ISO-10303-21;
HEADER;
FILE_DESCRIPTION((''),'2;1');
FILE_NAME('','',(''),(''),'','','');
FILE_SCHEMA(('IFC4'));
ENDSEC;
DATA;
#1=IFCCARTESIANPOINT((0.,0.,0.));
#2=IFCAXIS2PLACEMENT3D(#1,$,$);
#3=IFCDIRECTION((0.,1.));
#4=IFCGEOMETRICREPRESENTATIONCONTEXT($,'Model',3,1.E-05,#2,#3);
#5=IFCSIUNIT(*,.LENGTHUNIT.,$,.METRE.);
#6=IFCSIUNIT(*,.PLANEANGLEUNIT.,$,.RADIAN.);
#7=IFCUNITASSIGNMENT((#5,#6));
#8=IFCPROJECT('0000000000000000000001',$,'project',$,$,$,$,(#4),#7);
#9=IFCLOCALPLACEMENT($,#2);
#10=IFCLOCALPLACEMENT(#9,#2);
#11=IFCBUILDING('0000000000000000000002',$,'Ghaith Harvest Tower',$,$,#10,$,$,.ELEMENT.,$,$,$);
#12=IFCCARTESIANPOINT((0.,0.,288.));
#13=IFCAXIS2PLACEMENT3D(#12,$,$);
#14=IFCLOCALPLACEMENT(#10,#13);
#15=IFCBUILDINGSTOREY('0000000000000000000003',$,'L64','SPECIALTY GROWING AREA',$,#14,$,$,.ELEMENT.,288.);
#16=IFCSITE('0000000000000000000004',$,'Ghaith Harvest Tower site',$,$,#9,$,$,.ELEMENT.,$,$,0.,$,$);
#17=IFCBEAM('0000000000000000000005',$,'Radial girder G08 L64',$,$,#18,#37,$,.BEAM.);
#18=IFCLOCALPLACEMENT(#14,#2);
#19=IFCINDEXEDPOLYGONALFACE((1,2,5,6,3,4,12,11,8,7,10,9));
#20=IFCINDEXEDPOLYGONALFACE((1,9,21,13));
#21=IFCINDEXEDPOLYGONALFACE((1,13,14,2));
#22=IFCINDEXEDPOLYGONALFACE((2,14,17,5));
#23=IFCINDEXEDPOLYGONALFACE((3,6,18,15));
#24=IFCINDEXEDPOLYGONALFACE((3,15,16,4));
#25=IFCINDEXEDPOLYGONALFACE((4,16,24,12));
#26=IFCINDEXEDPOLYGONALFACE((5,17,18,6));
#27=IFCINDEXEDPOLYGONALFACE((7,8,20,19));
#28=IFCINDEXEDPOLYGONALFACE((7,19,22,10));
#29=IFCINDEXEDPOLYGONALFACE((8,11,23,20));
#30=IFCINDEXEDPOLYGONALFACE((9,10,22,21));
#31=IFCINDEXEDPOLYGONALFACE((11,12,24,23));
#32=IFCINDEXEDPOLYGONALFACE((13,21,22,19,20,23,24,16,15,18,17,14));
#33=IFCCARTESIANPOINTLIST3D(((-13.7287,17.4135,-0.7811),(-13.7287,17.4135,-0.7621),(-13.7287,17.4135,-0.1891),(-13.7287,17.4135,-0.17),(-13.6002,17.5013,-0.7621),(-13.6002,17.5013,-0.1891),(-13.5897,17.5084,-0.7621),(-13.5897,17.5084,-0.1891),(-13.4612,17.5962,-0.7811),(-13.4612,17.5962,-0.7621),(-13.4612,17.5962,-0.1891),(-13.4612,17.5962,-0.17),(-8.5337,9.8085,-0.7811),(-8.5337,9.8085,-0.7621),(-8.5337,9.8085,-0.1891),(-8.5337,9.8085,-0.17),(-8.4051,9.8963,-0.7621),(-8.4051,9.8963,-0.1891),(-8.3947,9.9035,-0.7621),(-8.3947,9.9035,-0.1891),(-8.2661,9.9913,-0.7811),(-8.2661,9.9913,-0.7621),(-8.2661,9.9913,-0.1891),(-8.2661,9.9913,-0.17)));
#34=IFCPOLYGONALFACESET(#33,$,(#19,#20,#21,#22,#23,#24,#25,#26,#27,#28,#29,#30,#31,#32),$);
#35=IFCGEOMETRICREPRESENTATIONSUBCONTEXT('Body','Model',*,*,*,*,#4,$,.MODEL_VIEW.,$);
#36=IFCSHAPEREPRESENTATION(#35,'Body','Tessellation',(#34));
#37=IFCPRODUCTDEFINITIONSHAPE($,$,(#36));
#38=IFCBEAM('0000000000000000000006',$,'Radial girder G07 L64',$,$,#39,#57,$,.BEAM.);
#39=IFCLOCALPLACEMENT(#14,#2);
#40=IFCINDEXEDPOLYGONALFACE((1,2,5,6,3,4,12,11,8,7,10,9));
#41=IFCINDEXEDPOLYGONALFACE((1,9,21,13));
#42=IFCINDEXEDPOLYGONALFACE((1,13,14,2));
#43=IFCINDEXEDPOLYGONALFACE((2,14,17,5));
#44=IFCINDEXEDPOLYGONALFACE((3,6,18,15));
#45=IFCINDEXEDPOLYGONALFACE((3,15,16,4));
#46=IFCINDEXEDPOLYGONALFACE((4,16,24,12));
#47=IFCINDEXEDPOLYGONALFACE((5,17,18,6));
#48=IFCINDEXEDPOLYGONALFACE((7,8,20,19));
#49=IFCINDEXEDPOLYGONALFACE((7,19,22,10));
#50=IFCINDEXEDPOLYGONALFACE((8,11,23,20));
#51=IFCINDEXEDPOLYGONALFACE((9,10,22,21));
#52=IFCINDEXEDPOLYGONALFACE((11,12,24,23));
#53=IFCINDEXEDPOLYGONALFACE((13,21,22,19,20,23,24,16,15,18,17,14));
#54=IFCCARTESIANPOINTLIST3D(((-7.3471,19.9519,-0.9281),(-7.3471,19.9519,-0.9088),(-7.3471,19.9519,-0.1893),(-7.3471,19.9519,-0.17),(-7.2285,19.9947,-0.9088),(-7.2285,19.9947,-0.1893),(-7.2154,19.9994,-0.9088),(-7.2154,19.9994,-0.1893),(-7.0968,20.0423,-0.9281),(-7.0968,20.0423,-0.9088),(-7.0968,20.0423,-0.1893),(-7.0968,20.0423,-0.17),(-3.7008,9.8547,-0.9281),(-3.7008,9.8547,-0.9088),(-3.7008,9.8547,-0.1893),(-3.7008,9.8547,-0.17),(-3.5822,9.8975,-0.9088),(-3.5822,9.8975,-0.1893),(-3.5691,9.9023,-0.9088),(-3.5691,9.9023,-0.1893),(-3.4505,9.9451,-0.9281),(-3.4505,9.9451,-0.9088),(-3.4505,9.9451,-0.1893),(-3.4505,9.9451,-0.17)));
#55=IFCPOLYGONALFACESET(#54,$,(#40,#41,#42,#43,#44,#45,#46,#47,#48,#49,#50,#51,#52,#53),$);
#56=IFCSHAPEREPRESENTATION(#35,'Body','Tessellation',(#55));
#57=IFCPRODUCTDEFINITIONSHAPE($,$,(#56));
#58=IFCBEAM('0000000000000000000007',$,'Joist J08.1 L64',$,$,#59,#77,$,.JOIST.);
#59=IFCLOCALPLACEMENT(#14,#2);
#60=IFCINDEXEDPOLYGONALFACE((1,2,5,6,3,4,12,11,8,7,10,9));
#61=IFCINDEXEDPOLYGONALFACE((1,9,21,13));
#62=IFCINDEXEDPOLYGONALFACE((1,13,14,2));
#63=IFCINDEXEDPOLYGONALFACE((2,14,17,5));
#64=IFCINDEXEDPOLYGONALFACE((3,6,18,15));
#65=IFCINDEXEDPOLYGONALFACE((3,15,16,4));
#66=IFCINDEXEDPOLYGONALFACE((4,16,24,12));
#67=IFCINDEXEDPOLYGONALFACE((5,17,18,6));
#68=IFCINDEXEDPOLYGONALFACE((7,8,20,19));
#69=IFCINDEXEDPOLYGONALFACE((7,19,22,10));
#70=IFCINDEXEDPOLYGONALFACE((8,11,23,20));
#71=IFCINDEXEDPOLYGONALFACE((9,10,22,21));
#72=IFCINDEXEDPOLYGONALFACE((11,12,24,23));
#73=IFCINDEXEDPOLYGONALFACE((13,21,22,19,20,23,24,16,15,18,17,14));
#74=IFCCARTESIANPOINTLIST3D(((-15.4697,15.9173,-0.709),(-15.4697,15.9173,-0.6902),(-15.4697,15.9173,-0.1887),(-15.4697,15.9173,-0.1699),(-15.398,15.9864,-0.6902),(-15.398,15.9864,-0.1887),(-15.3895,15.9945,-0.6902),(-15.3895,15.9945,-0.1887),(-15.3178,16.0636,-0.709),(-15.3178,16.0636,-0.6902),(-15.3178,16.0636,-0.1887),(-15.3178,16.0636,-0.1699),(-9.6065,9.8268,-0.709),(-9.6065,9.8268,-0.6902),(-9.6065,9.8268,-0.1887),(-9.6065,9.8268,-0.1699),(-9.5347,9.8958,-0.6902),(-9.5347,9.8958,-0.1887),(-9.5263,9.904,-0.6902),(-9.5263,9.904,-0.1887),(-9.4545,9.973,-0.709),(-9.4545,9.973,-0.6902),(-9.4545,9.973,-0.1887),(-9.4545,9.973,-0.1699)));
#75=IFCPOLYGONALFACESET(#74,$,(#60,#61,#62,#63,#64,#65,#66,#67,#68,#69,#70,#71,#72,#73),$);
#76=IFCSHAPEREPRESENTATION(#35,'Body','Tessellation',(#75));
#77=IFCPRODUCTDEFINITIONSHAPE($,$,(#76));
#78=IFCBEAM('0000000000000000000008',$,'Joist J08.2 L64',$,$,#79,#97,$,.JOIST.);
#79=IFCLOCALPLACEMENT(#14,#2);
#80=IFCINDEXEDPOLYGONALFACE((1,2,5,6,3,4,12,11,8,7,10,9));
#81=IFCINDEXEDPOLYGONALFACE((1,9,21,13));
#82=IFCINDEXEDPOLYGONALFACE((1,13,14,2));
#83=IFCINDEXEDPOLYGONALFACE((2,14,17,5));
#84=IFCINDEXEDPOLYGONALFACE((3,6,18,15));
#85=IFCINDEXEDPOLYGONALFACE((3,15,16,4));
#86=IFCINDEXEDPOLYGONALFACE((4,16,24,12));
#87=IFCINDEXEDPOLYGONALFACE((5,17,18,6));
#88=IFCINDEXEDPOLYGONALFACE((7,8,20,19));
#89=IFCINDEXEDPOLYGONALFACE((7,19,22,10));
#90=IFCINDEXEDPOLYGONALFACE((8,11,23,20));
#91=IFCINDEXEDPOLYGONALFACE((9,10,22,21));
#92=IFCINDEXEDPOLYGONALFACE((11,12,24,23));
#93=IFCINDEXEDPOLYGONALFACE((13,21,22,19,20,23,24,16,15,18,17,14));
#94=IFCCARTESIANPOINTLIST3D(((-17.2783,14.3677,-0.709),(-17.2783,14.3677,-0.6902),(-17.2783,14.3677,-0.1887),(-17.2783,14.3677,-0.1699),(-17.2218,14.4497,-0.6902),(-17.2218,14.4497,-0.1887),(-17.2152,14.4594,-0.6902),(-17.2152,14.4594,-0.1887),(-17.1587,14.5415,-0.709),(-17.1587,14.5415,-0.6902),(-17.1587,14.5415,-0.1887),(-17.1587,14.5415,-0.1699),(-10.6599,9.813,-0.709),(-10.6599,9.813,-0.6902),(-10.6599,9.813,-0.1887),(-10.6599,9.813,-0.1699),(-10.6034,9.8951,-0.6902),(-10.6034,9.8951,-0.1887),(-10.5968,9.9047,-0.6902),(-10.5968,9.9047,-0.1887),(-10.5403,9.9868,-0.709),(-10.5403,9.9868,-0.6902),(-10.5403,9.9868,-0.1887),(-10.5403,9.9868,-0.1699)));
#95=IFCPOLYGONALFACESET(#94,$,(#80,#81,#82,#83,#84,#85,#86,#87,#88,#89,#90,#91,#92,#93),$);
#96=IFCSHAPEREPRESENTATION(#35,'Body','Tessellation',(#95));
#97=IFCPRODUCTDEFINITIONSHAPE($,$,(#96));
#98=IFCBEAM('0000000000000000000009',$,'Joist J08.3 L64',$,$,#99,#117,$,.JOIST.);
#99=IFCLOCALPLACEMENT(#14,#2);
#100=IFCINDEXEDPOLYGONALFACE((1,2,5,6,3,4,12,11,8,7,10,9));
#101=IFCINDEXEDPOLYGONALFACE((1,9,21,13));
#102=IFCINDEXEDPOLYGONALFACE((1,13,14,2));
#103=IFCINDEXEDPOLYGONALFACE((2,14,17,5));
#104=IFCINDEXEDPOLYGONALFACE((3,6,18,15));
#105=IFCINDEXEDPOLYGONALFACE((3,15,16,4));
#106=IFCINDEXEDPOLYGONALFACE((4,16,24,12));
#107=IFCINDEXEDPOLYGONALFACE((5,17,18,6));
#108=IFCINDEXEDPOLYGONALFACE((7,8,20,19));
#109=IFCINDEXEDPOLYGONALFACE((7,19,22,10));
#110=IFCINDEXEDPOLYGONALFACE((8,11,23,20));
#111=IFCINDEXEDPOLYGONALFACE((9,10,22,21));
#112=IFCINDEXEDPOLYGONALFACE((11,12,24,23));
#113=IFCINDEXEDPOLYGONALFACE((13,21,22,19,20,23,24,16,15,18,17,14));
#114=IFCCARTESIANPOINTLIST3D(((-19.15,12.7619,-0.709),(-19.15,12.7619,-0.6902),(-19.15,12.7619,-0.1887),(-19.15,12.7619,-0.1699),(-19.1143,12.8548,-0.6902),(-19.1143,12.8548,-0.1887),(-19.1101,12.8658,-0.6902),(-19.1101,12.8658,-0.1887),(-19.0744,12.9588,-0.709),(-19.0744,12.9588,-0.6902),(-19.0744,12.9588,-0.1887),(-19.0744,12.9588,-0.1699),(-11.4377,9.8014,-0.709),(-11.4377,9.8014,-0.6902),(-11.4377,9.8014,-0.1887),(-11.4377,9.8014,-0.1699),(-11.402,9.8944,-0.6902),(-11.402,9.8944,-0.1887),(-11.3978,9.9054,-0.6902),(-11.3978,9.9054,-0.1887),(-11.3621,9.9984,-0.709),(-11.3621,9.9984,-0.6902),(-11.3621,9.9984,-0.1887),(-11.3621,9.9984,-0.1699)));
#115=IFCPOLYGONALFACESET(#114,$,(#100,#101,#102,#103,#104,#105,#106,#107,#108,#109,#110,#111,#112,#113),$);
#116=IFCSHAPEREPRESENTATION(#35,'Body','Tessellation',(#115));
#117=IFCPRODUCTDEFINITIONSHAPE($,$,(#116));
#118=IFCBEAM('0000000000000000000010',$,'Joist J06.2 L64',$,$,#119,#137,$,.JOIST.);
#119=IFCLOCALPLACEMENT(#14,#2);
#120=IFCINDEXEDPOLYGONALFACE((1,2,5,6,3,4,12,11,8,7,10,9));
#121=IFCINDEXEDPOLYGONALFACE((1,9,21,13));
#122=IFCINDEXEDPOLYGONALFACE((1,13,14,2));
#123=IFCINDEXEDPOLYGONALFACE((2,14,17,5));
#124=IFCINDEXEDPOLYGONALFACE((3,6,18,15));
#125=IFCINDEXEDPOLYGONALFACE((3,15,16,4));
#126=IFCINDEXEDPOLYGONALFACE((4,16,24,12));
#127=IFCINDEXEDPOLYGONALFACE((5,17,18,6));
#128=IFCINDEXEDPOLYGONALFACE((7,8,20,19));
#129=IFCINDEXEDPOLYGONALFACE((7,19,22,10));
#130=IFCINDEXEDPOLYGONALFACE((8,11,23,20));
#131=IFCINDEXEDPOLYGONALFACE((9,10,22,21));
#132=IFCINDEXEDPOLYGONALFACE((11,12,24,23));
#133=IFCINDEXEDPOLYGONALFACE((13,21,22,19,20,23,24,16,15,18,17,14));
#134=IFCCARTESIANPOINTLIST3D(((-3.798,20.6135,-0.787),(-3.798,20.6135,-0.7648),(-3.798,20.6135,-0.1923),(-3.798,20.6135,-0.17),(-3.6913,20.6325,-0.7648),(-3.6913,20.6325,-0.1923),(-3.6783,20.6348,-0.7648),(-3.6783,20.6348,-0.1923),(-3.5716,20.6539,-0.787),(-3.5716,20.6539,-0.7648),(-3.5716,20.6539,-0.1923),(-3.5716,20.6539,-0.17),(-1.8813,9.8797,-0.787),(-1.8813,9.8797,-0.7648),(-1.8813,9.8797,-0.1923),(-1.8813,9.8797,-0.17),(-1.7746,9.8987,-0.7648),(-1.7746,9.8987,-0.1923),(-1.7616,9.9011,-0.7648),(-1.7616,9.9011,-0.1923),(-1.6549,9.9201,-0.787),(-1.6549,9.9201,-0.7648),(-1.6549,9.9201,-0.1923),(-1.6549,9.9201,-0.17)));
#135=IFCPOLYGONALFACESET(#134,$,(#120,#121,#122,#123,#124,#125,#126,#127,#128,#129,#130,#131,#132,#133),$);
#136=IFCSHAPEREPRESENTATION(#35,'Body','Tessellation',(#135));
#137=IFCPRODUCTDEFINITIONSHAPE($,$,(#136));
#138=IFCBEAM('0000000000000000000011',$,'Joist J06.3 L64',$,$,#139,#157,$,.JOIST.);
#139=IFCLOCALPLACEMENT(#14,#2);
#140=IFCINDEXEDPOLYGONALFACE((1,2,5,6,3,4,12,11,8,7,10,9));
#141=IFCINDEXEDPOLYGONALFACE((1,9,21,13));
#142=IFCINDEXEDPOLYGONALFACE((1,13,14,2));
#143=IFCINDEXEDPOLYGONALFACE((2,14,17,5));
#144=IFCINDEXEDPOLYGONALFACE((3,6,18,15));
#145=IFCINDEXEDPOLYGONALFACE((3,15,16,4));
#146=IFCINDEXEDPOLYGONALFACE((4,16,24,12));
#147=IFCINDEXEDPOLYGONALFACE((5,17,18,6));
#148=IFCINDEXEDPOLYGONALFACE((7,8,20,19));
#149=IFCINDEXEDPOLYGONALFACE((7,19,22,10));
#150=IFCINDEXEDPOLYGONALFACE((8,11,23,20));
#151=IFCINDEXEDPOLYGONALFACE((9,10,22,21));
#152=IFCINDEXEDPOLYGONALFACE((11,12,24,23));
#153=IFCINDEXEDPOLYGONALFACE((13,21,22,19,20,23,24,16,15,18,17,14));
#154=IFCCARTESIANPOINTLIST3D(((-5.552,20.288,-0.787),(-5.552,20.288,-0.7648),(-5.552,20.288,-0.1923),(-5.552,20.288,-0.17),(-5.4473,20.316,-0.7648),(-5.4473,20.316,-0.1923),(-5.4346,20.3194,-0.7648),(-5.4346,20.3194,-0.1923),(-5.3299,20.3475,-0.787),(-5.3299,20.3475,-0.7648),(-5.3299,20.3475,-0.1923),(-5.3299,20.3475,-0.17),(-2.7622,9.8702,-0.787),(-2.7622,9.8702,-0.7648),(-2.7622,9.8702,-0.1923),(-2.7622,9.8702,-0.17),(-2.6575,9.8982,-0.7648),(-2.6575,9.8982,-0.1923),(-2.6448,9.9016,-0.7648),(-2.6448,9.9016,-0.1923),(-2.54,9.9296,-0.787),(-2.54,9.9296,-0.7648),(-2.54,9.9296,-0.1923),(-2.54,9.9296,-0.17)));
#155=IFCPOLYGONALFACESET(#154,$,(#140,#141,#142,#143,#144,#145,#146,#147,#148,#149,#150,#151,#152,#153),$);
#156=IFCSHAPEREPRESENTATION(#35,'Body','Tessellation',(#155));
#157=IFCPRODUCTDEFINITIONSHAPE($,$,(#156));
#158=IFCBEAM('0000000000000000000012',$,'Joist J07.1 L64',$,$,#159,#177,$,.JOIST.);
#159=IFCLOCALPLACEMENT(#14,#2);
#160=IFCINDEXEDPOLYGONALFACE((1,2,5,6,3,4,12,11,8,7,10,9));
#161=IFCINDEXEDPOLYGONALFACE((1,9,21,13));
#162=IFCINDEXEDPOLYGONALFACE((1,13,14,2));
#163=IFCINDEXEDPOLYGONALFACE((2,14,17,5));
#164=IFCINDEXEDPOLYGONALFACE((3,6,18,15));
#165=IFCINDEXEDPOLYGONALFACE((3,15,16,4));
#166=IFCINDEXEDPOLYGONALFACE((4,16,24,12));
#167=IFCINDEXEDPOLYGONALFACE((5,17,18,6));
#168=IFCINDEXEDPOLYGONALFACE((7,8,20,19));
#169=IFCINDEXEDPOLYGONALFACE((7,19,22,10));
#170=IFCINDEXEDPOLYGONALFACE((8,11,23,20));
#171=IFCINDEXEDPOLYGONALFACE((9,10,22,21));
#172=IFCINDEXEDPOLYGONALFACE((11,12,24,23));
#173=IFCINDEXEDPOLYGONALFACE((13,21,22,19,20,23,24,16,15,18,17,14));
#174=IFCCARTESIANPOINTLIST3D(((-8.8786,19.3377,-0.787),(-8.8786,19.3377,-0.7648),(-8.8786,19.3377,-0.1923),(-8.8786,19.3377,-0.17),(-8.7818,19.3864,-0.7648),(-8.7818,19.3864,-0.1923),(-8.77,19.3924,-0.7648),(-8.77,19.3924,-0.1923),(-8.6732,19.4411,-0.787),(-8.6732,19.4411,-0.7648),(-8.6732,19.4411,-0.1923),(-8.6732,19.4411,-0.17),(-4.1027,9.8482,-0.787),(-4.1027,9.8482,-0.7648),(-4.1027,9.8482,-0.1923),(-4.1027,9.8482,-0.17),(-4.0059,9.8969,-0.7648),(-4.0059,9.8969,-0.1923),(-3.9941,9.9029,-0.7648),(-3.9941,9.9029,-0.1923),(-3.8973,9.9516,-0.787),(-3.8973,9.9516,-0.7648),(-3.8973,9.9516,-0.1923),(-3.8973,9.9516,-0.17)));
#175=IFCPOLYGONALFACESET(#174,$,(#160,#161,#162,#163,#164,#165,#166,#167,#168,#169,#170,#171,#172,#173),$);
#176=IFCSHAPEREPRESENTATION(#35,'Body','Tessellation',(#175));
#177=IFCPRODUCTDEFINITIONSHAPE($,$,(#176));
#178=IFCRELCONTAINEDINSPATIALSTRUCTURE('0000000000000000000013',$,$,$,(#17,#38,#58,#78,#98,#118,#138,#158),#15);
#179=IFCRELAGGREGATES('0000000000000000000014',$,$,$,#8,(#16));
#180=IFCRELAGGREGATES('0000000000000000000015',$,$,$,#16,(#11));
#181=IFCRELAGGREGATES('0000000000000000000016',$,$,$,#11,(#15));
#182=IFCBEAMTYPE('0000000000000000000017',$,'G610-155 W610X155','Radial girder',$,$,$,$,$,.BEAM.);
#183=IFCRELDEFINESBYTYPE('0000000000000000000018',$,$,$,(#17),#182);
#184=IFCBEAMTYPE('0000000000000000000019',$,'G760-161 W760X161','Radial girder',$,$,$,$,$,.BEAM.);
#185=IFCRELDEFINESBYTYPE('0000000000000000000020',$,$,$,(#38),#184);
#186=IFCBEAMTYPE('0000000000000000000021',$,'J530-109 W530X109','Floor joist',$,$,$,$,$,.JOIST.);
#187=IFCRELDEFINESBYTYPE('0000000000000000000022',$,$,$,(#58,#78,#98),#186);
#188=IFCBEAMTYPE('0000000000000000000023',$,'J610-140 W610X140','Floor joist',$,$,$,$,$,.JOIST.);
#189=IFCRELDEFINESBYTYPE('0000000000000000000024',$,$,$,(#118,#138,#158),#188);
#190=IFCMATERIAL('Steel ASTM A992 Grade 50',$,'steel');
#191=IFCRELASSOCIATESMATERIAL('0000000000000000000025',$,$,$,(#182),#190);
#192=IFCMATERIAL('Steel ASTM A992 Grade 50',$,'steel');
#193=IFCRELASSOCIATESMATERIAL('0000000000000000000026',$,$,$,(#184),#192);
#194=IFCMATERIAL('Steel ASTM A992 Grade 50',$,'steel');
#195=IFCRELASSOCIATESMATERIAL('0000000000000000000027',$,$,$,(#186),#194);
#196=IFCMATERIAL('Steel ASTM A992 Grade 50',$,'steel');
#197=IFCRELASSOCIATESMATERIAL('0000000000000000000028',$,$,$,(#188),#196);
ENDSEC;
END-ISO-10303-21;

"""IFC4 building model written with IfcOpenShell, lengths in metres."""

from ifc_helpers import new_model, si_unit, direction, frame, origin, origin_2d, place, context, subcontext, project, spatial, i_section, extrude, material, material_profile, profile_set, type_object, element, save


model = new_model("IFC4")

# Units and contexts
model_context = context("Model", 3, precision=1e-05, world=origin(), true_north=direction((0.0, 1.0)))
body_context = subcontext(model_context, "Body", "Model", "MODEL_VIEW")
ifc_project = project(units=[si_unit("LENGTHUNIT", "METRE"), si_unit("PLANEANGLEUNIT", "RADIAN")], contexts=[model_context])

# Site, building, storey
site_placement = place(None, origin())
site = spatial("IfcSite", under=ifc_project, at=site_placement, Name="Ghaith Harvest Tower site", CompositionType="ELEMENT", RefElevation=0.0)
building_placement = place(site_placement, origin())
building = spatial("IfcBuilding", under=site, at=building_placement, Name="Ghaith Harvest Tower", CompositionType="ELEMENT")
storey_placement = place(building_placement, frame((0.0, 0.0, 288.0)))
storey = spatial("IfcBuildingStorey", under=building, at=storey_placement, Name="L64", Description="SPECIALTY GROWING AREA", CompositionType="ELEMENT", Elevation=288.0)

# Beams
ifc_material_1 = material(Name="Steel ASTM A992 Grade 50", Category="steel")
ifc_material_profile_1 = material_profile(ifc_material_1, i_section(OverallWidth=0.324, OverallDepth=0.6111, WebThickness=0.0127, FlangeThickness=0.019, at=origin_2d()), Name="W610X155")
ifc_profile_set_1 = profile_set([ifc_material_profile_1], Name="Steel ASTM A992 Grade 50")
beam_type_1 = type_object("IfcBeamType", Name="G610-155 W610X155", Description="Radial girder", PredefinedType="BEAM", material=ifc_profile_set_1)
beam_1_placement = place(storey_placement, frame((-8.3999, 9.8999, -0.4756), z_axis=(-0.564067, 0.825729, 0.0), x_axis=(-0.825729, -0.564067, 0.0)))
element("IfcBeam", 1, at=beam_1_placement, inside=storey, type_object=beam_type_1, Name="Radial girder G08 L64", PredefinedType="BEAM", context=body_context, shape_type="SweptSolid", body=[
    extrude(i_section(OverallWidth=0.324, OverallDepth=0.6111, WebThickness=0.0127, FlangeThickness=0.019, at=origin_2d()), origin(), (0.0, 0.0, 1.0), 9.21),
])
ifc_material_2 = material(Name="Steel ASTM A992 Grade 50", Category="steel")
ifc_material_profile_2 = material_profile(ifc_material_2, i_section(OverallWidth=0.2661, OverallDepth=0.7581, WebThickness=0.0139, FlangeThickness=0.0193, at=origin_2d()), Name="W760X161")
ifc_profile_set_2 = profile_set([ifc_material_profile_2], Name="Steel ASTM A992 Grade 50")
beam_type_2 = type_object("IfcBeamType", Name="G760-161 W760X161", Description="Radial girder", PredefinedType="BEAM", material=ifc_profile_set_2)
beam_2_placement = place(storey_placement, frame((-3.5757, 9.8999, -0.5491), z_axis=(-0.339648, 0.940553, 0.0), x_axis=(-0.940553, -0.339648, 0.0)))
element("IfcBeam", 2, at=beam_2_placement, inside=storey, type_object=beam_type_2, Name="Radial girder G07 L64", PredefinedType="BEAM", context=body_context, shape_type="SweptSolid", body=[
    extrude(i_section(OverallWidth=0.2661, OverallDepth=0.7581, WebThickness=0.0139, FlangeThickness=0.0193, at=origin_2d()), origin(), (0.0, 0.0, 1.0), 10.7354),
])
ifc_material_3 = material(Name="Steel ASTM A992 Grade 50", Category="steel")
ifc_material_profile_3 = material_profile(ifc_material_3, i_section(OverallWidth=0.2109, OverallDepth=0.5391, WebThickness=0.0117, FlangeThickness=0.0188, at=origin_2d()), Name="W530X109")
ifc_profile_set_3 = profile_set([ifc_material_profile_3], Name="Steel ASTM A992 Grade 50")
beam_type_3 = type_object("IfcBeamType", Name="J530-109 W530X109", Description="Floor joist", PredefinedType="JOIST", material=ifc_profile_set_3)
beam_3_placement = place(storey_placement, frame((-9.5305, 9.8999, -0.4395), z_axis=(-0.693536, 0.720422, 0.0), x_axis=(-0.720422, -0.693536, 0.0)))
element("IfcBeam", 3, at=beam_3_placement, inside=storey, type_object=beam_type_3, Name="Joist J08.1 L64", PredefinedType="JOIST", context=body_context, shape_type="SweptSolid", body=[
    extrude(i_section(OverallWidth=0.2109, OverallDepth=0.5391, WebThickness=0.0117, FlangeThickness=0.0188, at=origin_2d()), origin(), (0.0, 0.0, 1.0), 8.4541),
])
beam_4_placement = place(storey_placement, frame((-10.6001, 9.8999, -0.4395), z_axis=(-0.823779, 0.566912, 0.0), x_axis=(-0.566912, -0.823779, 0.0)))
element("IfcBeam", 4, at=beam_4_placement, inside=storey, type_object=beam_type_3, Name="Joist J08.2 L64", PredefinedType="JOIST", context=body_context, shape_type="SweptSolid", body=[
    extrude(i_section(OverallWidth=0.2109, OverallDepth=0.5391, WebThickness=0.0117, FlangeThickness=0.0188, at=origin_2d()), origin(), (0.0, 0.0, 1.0), 8.0342),
])
beam_5_placement = place(storey_placement, frame((-11.3999, 9.8999, -0.4395), z_axis=(-0.933583, 0.358361, 0.0), x_axis=(-0.358361, -0.933583, 0.0)))
element("IfcBeam", 5, at=beam_5_placement, inside=storey, type_object=beam_type_3, Name="Joist J08.3 L64", PredefinedType="JOIST", context=body_context, shape_type="SweptSolid", body=[
    extrude(i_section(OverallWidth=0.2109, OverallDepth=0.5391, WebThickness=0.0117, FlangeThickness=0.0188, at=origin_2d()), origin(), (0.0, 0.0, 1.0), 8.261),
])
ifc_material_4 = material(Name="Steel ASTM A992 Grade 50", Category="steel")
ifc_material_profile_4 = material_profile(ifc_material_4, i_section(OverallWidth=0.23, OverallDepth=0.6169, WebThickness=0.0132, FlangeThickness=0.0222, at=origin_2d()), Name="W610X140")
ifc_profile_set_4 = profile_set([ifc_material_profile_4], Name="Steel ASTM A992 Grade 50")
beam_type_4 = type_object("IfcBeamType", Name="J610-140 W610X140", Description="Floor joist", PredefinedType="JOIST", material=ifc_profile_set_4)
beam_6_placement = place(storey_placement, frame((-1.7681, 9.8999, -0.4785), z_axis=(-0.175789, 0.984428, 0.0), x_axis=(-0.984428, -0.175789, 0.0)))
element("IfcBeam", 6, at=beam_6_placement, inside=storey, type_object=beam_type_4, Name="Joist J06.2 L64", PredefinedType="JOIST", context=body_context, shape_type="SweptSolid", body=[
    extrude(i_section(OverallWidth=0.23, OverallDepth=0.6169, WebThickness=0.0132, FlangeThickness=0.0222, at=origin_2d()), origin(), (0.0, 0.0, 1.0), 10.9036),
])
beam_7_placement = place(storey_placement, frame((-2.6511, 9.8999, -0.4785), z_axis=(-0.258678, 0.965964, 0.0), x_axis=(-0.965964, -0.258678, 0.0)))
element("IfcBeam", 7, at=beam_7_placement, inside=storey, type_object=beam_type_4, Name="Joist J06.3 L64", PredefinedType="JOIST", context=body_context, shape_type="SweptSolid", body=[
    extrude(i_section(OverallWidth=0.23, OverallDepth=0.6169, WebThickness=0.0132, FlangeThickness=0.0222, at=origin_2d()), origin(), (0.0, 0.0, 1.0), 10.7849),
])
beam_8_placement = place(storey_placement, frame((-4.0, 9.8999, -0.4785), z_axis=(-0.449556, 0.893252, 0.0), x_axis=(-0.893252, -0.449556, 0.0)))
element("IfcBeam", 8, at=beam_8_placement, inside=storey, type_object=beam_type_4, Name="Joist J07.1 L64", PredefinedType="JOIST", context=body_context, shape_type="SweptSolid", body=[
    extrude(i_section(OverallWidth=0.23, OverallDepth=0.6169, WebThickness=0.0132, FlangeThickness=0.0222, at=origin_2d()), origin(), (0.0, 0.0, 1.0), 10.6235),
])

save(model, "model.ifc")
